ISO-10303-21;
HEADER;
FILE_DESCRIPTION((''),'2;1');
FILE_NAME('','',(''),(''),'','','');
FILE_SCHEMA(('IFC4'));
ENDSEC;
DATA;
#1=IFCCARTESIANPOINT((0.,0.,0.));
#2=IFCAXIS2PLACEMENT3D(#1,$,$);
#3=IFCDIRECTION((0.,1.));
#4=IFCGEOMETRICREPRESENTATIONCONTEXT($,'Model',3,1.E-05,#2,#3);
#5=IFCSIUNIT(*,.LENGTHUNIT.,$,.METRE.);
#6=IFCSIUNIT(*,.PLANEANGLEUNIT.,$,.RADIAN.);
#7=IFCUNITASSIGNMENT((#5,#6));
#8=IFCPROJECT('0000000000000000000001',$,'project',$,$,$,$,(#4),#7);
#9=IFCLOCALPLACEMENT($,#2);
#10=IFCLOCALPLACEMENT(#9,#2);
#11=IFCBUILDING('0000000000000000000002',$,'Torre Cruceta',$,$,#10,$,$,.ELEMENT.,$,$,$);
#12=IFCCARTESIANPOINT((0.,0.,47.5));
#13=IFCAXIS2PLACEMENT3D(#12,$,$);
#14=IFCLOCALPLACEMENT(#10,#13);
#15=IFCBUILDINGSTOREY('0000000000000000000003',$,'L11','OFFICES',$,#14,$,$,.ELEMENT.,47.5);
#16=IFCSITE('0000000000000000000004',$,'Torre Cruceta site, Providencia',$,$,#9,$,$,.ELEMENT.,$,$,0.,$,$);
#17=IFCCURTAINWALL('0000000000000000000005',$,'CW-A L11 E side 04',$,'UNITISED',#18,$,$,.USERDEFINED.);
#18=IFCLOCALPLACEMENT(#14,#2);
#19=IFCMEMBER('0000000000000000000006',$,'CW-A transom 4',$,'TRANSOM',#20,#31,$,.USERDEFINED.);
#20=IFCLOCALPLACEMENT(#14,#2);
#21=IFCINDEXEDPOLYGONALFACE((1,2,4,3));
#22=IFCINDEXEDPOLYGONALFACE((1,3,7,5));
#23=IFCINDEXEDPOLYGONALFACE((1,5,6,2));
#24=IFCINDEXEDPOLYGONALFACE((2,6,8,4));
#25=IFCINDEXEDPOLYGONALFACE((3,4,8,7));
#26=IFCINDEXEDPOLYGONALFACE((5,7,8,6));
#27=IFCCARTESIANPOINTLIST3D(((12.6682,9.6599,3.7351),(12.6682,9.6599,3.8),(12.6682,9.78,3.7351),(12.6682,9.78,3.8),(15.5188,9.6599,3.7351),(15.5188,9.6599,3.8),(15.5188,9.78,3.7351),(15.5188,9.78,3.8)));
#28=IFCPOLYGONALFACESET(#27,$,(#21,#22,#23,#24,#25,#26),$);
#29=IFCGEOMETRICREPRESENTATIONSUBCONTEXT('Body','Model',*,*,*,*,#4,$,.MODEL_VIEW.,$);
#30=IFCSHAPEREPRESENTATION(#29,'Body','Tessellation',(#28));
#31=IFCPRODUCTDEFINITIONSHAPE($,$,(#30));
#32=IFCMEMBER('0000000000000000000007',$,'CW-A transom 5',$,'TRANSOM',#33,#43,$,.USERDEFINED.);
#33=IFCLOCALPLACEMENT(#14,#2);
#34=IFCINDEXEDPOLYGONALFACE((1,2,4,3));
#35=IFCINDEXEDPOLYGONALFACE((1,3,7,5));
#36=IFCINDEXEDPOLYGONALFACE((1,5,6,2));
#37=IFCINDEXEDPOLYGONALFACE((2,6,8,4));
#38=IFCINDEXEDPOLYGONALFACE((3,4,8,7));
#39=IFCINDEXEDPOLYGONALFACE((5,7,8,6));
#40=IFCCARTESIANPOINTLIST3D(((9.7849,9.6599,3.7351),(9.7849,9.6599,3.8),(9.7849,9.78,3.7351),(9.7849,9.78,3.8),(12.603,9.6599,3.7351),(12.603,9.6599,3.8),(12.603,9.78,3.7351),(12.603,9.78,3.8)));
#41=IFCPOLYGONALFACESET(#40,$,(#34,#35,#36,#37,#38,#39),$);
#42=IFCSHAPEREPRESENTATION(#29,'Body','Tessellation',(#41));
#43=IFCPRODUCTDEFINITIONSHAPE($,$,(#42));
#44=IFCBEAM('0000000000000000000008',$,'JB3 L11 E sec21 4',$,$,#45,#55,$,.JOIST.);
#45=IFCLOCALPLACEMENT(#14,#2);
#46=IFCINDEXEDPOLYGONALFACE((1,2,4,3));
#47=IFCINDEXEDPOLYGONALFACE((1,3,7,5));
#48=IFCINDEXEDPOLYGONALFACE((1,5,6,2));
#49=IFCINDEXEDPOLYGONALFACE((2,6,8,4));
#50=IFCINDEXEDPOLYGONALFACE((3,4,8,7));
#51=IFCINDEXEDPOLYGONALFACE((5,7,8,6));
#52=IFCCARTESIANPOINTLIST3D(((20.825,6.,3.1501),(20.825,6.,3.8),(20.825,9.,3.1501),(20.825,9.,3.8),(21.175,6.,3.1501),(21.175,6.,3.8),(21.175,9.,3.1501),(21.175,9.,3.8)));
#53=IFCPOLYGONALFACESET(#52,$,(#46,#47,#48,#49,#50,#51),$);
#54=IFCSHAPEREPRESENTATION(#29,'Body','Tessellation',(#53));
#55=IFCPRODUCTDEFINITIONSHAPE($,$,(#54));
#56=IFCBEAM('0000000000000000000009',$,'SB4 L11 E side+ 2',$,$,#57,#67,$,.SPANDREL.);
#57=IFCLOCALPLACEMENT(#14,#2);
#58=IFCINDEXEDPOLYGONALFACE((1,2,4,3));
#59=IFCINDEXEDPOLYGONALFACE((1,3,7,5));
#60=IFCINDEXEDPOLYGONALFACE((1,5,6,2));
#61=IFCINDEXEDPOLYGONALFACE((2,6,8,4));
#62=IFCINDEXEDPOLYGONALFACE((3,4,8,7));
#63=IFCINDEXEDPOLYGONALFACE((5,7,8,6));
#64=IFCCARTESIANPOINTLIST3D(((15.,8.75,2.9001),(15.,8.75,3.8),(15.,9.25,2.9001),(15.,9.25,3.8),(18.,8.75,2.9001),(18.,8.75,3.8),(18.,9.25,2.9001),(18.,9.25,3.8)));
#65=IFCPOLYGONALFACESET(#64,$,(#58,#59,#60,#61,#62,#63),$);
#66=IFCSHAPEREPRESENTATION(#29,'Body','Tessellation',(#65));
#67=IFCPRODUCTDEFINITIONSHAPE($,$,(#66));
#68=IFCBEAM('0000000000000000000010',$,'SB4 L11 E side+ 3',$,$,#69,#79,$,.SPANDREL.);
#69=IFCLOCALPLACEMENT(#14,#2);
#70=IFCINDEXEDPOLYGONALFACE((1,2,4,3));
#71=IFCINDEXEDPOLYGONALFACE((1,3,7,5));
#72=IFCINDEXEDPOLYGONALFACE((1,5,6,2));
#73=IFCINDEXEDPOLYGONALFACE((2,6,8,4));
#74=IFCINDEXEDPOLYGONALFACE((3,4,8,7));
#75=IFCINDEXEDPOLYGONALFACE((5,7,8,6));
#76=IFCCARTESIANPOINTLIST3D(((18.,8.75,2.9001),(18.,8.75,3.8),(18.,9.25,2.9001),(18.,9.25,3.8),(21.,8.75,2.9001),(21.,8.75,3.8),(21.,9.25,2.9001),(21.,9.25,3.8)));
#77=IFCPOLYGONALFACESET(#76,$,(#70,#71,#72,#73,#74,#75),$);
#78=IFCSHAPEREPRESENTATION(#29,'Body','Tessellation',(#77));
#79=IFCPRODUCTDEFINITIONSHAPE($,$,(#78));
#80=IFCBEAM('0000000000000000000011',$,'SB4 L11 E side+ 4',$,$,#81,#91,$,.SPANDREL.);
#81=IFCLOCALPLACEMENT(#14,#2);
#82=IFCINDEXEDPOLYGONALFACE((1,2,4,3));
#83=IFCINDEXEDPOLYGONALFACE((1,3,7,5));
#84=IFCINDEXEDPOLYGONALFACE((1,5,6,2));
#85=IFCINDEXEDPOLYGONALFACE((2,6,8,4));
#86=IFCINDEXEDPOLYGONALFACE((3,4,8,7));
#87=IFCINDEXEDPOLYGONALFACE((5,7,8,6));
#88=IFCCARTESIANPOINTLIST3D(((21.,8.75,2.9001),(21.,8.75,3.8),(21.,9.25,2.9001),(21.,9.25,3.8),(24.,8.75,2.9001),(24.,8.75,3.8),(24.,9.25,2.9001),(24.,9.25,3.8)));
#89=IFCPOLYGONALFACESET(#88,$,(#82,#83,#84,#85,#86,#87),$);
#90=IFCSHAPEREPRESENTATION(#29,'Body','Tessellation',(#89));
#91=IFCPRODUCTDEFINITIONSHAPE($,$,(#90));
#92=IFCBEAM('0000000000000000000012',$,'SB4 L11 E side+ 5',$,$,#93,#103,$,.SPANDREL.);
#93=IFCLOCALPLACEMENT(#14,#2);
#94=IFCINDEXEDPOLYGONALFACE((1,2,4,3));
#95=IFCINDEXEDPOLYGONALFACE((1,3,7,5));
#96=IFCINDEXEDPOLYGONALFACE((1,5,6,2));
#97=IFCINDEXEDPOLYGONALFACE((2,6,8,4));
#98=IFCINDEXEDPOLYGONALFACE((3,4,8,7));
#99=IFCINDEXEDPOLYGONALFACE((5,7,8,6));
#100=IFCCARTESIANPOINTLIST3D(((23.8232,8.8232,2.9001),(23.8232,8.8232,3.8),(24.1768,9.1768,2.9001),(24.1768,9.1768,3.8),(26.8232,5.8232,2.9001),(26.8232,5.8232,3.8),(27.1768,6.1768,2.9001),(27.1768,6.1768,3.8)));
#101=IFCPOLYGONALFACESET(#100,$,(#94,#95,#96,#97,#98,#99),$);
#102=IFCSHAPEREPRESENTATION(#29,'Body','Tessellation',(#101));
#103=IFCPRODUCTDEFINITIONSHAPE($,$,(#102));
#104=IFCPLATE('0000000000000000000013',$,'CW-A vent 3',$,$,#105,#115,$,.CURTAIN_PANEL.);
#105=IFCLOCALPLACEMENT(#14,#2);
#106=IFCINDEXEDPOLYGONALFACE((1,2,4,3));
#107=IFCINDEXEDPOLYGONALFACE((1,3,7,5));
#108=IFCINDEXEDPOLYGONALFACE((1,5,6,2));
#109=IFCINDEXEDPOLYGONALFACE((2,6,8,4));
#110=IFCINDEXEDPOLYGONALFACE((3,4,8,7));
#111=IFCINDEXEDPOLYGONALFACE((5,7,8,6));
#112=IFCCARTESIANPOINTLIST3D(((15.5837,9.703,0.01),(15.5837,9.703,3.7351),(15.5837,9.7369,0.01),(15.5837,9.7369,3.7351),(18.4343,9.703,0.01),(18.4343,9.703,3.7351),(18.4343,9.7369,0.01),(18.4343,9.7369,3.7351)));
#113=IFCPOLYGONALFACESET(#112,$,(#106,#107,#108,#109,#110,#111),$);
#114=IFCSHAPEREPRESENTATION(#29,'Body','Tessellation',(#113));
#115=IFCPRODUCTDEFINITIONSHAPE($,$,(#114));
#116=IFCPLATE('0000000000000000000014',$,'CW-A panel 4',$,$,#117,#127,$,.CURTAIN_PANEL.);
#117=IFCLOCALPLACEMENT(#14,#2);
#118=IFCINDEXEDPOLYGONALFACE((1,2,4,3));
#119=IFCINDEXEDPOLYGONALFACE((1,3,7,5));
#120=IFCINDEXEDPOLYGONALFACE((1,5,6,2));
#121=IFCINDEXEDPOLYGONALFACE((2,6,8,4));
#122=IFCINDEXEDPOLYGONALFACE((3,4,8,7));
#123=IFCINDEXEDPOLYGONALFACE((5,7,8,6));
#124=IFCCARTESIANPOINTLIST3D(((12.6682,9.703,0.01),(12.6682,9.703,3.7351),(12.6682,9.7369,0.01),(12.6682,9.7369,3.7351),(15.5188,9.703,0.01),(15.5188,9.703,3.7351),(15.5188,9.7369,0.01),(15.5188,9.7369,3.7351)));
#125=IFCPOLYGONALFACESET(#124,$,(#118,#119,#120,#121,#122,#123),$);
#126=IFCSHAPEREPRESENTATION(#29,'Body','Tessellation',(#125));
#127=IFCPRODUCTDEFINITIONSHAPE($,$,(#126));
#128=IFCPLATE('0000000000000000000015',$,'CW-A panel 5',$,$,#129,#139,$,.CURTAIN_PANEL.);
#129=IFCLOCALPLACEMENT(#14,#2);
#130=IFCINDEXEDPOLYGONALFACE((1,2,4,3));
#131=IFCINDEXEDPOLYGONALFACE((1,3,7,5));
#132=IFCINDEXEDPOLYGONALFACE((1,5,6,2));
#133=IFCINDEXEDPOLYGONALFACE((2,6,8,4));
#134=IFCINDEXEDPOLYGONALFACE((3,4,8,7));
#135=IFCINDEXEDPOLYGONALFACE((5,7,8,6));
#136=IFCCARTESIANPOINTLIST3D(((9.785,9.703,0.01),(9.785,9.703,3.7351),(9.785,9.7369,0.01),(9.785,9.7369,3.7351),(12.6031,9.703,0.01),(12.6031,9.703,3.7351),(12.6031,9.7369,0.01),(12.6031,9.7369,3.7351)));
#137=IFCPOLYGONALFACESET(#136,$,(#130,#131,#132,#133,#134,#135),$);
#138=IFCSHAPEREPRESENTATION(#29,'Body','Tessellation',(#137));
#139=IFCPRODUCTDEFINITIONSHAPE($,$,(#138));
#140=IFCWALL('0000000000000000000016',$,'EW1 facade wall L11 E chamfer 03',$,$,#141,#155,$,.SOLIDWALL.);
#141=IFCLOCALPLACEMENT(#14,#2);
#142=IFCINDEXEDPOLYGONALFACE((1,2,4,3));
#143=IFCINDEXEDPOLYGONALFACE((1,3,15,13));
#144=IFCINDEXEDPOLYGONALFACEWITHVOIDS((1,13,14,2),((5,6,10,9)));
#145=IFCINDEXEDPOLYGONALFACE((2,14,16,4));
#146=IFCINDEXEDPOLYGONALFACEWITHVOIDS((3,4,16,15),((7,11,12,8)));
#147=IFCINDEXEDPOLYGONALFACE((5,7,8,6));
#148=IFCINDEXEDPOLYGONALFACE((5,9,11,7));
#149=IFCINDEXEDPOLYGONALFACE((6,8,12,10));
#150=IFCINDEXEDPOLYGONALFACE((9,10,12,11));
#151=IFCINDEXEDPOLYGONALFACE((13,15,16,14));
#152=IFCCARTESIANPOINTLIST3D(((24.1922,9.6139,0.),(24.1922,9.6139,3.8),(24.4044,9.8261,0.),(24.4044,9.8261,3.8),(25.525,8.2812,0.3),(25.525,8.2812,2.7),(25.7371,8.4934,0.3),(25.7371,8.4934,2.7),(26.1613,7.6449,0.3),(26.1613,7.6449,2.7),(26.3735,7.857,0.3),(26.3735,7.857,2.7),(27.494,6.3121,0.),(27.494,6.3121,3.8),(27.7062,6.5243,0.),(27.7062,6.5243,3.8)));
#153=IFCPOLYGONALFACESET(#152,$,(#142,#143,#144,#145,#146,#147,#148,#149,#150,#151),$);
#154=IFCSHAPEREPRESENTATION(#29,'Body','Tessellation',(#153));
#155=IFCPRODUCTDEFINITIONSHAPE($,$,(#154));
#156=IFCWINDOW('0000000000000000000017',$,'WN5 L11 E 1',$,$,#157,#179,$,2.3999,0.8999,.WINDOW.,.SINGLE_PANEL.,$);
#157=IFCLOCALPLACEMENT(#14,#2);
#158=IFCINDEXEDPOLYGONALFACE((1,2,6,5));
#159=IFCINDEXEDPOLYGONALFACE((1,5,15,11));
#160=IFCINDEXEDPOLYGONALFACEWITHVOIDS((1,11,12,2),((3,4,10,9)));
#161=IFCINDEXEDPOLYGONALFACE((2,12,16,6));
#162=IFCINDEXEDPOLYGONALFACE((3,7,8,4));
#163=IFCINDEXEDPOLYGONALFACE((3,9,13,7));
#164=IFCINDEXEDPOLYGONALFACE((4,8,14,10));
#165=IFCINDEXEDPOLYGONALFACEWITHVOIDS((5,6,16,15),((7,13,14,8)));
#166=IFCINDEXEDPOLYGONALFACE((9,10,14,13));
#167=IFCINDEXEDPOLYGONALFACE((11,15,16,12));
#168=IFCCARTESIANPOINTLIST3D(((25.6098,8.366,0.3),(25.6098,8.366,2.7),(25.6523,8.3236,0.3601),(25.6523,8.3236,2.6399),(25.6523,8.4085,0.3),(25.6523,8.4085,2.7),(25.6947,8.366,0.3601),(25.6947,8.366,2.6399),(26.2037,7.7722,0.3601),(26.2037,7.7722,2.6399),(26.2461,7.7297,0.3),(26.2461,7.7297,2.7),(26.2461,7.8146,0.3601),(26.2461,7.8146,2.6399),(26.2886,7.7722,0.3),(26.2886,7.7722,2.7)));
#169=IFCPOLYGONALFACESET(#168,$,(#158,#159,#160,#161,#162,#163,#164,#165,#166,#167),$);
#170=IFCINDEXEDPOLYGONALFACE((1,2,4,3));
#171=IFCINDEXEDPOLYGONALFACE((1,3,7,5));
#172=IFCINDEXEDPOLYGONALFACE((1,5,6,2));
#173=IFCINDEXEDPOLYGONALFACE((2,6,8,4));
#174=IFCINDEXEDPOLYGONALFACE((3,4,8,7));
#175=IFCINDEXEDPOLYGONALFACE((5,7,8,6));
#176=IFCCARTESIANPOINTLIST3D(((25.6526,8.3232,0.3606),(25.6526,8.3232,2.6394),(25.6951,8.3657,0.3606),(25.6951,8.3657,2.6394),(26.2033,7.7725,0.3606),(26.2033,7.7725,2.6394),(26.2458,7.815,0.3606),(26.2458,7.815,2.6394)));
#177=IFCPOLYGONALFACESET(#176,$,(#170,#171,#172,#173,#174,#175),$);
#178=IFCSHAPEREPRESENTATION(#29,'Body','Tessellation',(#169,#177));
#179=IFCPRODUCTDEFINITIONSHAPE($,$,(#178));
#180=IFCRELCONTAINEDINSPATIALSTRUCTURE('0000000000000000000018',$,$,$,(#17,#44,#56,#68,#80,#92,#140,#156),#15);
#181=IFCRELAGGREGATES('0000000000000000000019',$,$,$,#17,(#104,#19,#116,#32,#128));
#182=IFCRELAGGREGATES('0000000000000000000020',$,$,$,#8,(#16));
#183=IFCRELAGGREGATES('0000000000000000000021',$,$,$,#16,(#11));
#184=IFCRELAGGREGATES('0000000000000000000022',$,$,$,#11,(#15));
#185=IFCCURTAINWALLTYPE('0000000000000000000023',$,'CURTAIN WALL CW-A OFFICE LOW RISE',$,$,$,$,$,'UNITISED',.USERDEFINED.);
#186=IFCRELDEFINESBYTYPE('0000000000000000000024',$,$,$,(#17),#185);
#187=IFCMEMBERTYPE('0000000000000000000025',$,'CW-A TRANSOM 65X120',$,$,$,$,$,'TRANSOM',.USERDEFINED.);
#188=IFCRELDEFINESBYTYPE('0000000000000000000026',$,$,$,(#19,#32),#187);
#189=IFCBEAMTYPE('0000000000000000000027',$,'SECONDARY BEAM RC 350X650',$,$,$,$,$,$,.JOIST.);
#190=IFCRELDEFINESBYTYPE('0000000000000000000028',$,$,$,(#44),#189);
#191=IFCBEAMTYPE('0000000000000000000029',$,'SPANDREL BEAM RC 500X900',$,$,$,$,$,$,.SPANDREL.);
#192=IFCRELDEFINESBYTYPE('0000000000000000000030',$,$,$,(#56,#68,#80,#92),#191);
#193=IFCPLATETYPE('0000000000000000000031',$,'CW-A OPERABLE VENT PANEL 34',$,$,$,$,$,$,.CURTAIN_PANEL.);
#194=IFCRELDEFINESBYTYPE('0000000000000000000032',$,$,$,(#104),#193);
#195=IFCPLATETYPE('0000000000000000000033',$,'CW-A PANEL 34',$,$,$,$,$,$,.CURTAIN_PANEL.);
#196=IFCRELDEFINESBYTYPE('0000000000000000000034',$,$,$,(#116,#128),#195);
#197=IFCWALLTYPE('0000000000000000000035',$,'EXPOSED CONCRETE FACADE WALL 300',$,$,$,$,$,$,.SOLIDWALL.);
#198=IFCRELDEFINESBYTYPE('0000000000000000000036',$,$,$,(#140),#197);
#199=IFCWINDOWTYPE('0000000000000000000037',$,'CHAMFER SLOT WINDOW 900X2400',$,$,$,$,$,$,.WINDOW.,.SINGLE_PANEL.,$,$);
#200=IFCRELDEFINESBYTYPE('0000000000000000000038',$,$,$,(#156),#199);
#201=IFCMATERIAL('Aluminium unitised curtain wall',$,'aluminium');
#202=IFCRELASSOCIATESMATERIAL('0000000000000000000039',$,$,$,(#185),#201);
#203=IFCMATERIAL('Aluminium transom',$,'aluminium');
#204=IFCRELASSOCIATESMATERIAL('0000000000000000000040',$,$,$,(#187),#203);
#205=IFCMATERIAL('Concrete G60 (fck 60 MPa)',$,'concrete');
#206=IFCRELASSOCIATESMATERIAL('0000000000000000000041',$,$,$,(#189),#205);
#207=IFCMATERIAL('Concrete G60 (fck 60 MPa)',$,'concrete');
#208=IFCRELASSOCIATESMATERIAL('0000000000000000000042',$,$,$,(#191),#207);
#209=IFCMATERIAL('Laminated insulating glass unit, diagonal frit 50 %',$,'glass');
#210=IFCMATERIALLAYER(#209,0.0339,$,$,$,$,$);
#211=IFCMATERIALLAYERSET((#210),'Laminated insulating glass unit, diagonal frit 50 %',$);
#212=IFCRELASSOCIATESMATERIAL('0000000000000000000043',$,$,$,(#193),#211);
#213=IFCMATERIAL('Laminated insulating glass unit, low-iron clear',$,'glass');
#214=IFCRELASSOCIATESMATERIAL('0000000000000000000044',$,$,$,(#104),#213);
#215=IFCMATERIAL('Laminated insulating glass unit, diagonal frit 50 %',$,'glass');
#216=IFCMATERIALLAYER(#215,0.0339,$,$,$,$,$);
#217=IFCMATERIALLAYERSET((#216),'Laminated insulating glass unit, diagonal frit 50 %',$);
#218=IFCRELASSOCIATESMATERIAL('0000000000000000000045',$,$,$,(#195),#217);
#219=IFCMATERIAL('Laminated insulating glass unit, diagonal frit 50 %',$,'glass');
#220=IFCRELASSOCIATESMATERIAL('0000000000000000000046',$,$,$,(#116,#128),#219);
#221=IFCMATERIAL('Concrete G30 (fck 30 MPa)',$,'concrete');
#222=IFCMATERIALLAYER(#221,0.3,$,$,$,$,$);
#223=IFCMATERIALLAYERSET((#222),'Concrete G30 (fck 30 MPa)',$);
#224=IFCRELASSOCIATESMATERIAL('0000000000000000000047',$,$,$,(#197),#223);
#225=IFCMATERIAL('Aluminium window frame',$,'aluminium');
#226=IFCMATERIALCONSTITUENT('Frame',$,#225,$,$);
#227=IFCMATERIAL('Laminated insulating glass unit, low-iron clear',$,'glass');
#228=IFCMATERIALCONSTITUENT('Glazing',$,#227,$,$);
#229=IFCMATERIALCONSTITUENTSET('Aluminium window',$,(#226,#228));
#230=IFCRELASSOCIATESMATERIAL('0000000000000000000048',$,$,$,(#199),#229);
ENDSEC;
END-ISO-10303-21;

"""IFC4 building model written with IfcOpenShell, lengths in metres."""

from ifc_helpers import new_model, si_unit, direction, frame, frame_2d, origin, origin_2d, place, context, subcontext, project, spatial, rectangle, hollow_rectangle, extrude, material, layer, layer_set, constituent, constituent_set, material_profile, profile_set, type_object, element, fill, aggregate, save


model = new_model("IFC4")

# Units and contexts
model_context = context("Model", 3, precision=1e-05, world=origin(), true_north=direction((0.0, 1.0)))
body_context = subcontext(model_context, "Body", "Model", "MODEL_VIEW")
ifc_project = project(units=[si_unit("LENGTHUNIT", "METRE"), si_unit("PLANEANGLEUNIT", "RADIAN")], contexts=[model_context])

# Site, building, storey
site_placement = place(None, origin())
site = spatial("IfcSite", under=ifc_project, at=site_placement, Name="Torre Cruceta site, Providencia", CompositionType="ELEMENT", RefElevation=0.0)
building_placement = place(site_placement, origin())
building = spatial("IfcBuilding", under=site, at=building_placement, Name="Torre Cruceta", CompositionType="ELEMENT")
storey_placement = place(building_placement, frame((0.0, 0.0, 47.5)))
storey = spatial("IfcBuildingStorey", under=building, at=storey_placement, Name="L11", Description="OFFICES", CompositionType="ELEMENT", Elevation=47.5)

# Curtain wall, members
ifc_material_1 = material(Name="Aluminium unitised curtain wall", Category="aluminium")
curtain_wall_type = type_object("IfcCurtainWallType", Name="CURTAIN WALL CW-A OFFICE LOW RISE", ElementType="UNITISED", PredefinedType="USERDEFINED", material=ifc_material_1)
curtain_wall_placement = place(storey_placement, origin())
curtain_wall = element("IfcCurtainWall", 1, at=curtain_wall_placement, inside=storey, type_object=curtain_wall_type, Name="CW-A L11 E side 04", ObjectType="UNITISED", PredefinedType="USERDEFINED")
ifc_material_2 = material(Name="Aluminium transom", Category="aluminium")
ifc_material_profile_1 = material_profile(ifc_material_2, rectangle(XDim=0.1201, YDim=0.0649, at=origin_2d()), Name="AL 120X65")
ifc_profile_set_1 = profile_set([ifc_material_profile_1], Name="Aluminium transom")
member_type_1 = type_object("IfcMemberType", Name="CW-A TRANSOM 65X120", ElementType="TRANSOM", PredefinedType="USERDEFINED", material=ifc_profile_set_1)
member_1_placement = place(storey_placement, frame((15.5188, 9.72, 3.7676), z_axis=(-1.0, 0.0, 0.0), x_axis=(0.0, -1.0, 0.0)))
member_1 = element("IfcMember", 2, at=member_1_placement, type_object=member_type_1, Name="CW-A transom 4", ObjectType="TRANSOM", PredefinedType="USERDEFINED", context=body_context, shape_type="SweptSolid", body=[
    extrude(rectangle(XDim=0.1201, YDim=0.0649, at=origin_2d()), origin(), (0.0, 0.0, 1.0), 2.8506),
])
member_2_placement = place(storey_placement, frame((12.603, 9.72, 3.7676), z_axis=(-1.0, 0.0, 0.0), x_axis=(0.0, -1.0, 0.0)))
member_2 = element("IfcMember", 3, at=member_2_placement, type_object=member_type_1, Name="CW-A transom 5", ObjectType="TRANSOM", PredefinedType="USERDEFINED", context=body_context, shape_type="SweptSolid", body=[
    extrude(rectangle(XDim=0.1201, YDim=0.0649, at=origin_2d()), origin(), (0.0, 0.0, 1.0), 2.8181),
])

# Beams
ifc_material_3 = material(Name="Concrete G60 (fck 60 MPa)", Category="concrete")
ifc_material_profile_2 = material_profile(ifc_material_3, rectangle(XDim=0.3501, YDim=0.6499, at=origin_2d()), Name="RC 350X650")
ifc_profile_set_2 = profile_set([ifc_material_profile_2], Name="Concrete G60 (fck 60 MPa)")
beam_type_1 = type_object("IfcBeamType", Name="SECONDARY BEAM RC 350X650", PredefinedType="JOIST", material=ifc_profile_set_2)
beam_1_placement = place(storey_placement, frame((21.0, 6.0, 3.4751), z_axis=(0.0, 1.0, 0.0), x_axis=(-1.0, 0.0, 0.0)))
element("IfcBeam", 4, at=beam_1_placement, inside=storey, type_object=beam_type_1, Name="JB3 L11 E sec21 4", PredefinedType="JOIST", context=body_context, shape_type="SweptSolid", body=[
    extrude(rectangle(XDim=0.3501, YDim=0.6499, at=origin_2d()), origin(), (0.0, 0.0, 1.0), 3.0),
])
ifc_material_4 = material(Name="Concrete G60 (fck 60 MPa)", Category="concrete")
ifc_material_profile_3 = material_profile(ifc_material_4, rectangle(XDim=0.5, YDim=0.8999, at=origin_2d()), Name="RC 500X900")
ifc_profile_set_3 = profile_set([ifc_material_profile_3], Name="Concrete G60 (fck 60 MPa)")
beam_type_2 = type_object("IfcBeamType", Name="SPANDREL BEAM RC 500X900", PredefinedType="SPANDREL", material=ifc_profile_set_3)
for number, where, z_axis, x_axis, name in (
    (5, (15.0, 9.0, 3.3501), (1.0, 0.0, 0.0), (0.0, 1.0, 0.0), "SB4 L11 E side+ 2"),
    (6, (18.0, 9.0, 3.3501), (1.0, 0.0, 0.0), (0.0, 1.0, 0.0), "SB4 L11 E side+ 3"),
    (7, (21.0, 9.0, 3.3501), (1.0, 0.0, 0.0), (0.0, 1.0, 0.0), "SB4 L11 E side+ 4"),
):
    element("IfcBeam", number, at=place(storey_placement, frame(where, z_axis=z_axis, x_axis=x_axis)), inside=storey, type_object=beam_type_2, Name=name, PredefinedType="SPANDREL", context=body_context, shape_type="SweptSolid", body=[
        extrude(rectangle(XDim=0.5, YDim=0.8999, at=origin_2d()), origin(), (0.0, 0.0, 1.0), 3.0),
    ])
beam_2_placement = place(storey_placement, frame((24.0, 9.0, 3.3501), z_axis=(0.707107, -0.707107, 0.0), x_axis=(0.707107, 0.707107, 0.0)))
element("IfcBeam", 8, at=beam_2_placement, inside=storey, type_object=beam_type_2, Name="SB4 L11 E side+ 5", PredefinedType="SPANDREL", context=body_context, shape_type="SweptSolid", body=[
    extrude(rectangle(XDim=0.5, YDim=0.8999, at=origin_2d()), origin(), (0.0, 0.0, 1.0), 4.2427),
])

# Plates
ifc_material_5 = material(Name="Laminated insulating glass unit, low-iron clear", Category="glass")
ifc_material_6 = material(Name="Laminated insulating glass unit, diagonal frit 50 %", Category="glass")
ifc_layer_1 = layer(ifc_material_6, 0.0339)
ifc_layer_set_1 = layer_set([ifc_layer_1], Name="Laminated insulating glass unit, diagonal frit 50 %")
plate_type_1 = type_object("IfcPlateType", Name="CW-A OPERABLE VENT PANEL 34", PredefinedType="CURTAIN_PANEL", material=ifc_layer_set_1)
plate_1_placement = place(storey_placement, frame((17.009, 9.72, 0.01), z_axis=(0.0, 0.0, 1.0), x_axis=(-1.0, 0.0, 0.0)))
plate_1 = element("IfcPlate", 9, at=plate_1_placement, type_object=plate_type_1, material=ifc_material_5, Name="CW-A vent 3", PredefinedType="CURTAIN_PANEL", context=body_context, shape_type="SweptSolid", body=[
    extrude(rectangle(XDim=2.8506, YDim=0.0339, at=origin_2d()), origin(), (0.0, 0.0, 1.0), 3.7251),
])
ifc_material_7 = material(Name="Laminated insulating glass unit, diagonal frit 50 %", Category="glass")
ifc_material_8 = material(Name="Laminated insulating glass unit, diagonal frit 50 %", Category="glass")
ifc_layer_2 = layer(ifc_material_8, 0.0339)
ifc_layer_set_2 = layer_set([ifc_layer_2], Name="Laminated insulating glass unit, diagonal frit 50 %")
plate_type_2 = type_object("IfcPlateType", Name="CW-A PANEL 34", PredefinedType="CURTAIN_PANEL", material=ifc_layer_set_2)
plate_2_placement = place(storey_placement, frame((14.0935, 9.72, 0.01), z_axis=(0.0, 0.0, 1.0), x_axis=(-1.0, 0.0, 0.0)))
plate_2 = element("IfcPlate", 10, at=plate_2_placement, type_object=plate_type_2, material=ifc_material_7, Name="CW-A panel 4", PredefinedType="CURTAIN_PANEL", context=body_context, shape_type="SweptSolid", body=[
    extrude(rectangle(XDim=2.8506, YDim=0.0339, at=origin_2d()), origin(), (0.0, 0.0, 1.0), 3.7251),
])
plate_3_placement = place(storey_placement, frame((11.1941, 9.72, 0.01), z_axis=(0.0, 0.0, 1.0), x_axis=(-1.0, 0.0, 0.0)))
plate_3 = element("IfcPlate", 11, at=plate_3_placement, type_object=plate_type_2, material=ifc_material_7, Name="CW-A panel 5", PredefinedType="CURTAIN_PANEL", context=body_context, shape_type="SweptSolid", body=[
    extrude(rectangle(XDim=2.8181, YDim=0.0339, at=origin_2d()), origin(), (0.0, 0.0, 1.0), 3.7251),
])
aggregate(curtain_wall, [plate_1, member_1, plate_2, member_2, plate_3])

# Wall, opening, window
ifc_material_9 = material(Name="Concrete G30 (fck 30 MPa)", Category="concrete")
ifc_layer_3 = layer(ifc_material_9, 0.3)
ifc_layer_set_3 = layer_set([ifc_layer_3], Name="Concrete G30 (fck 30 MPa)")
wall_type_1 = type_object("IfcWallType", Name="EXPOSED CONCRETE FACADE WALL 300", PredefinedType="SOLIDWALL", material=ifc_layer_set_3)
wall_1_placement = place(storey_placement, frame((27.6001, 6.4182, 0.0), z_axis=(0.0, 0.0, 1.0), x_axis=(-0.707107, 0.707107, 0.0)))
wall_1 = element("IfcWall", 12, at=wall_1_placement, inside=storey, type_object=wall_type_1, Name="EW1 facade wall L11 E chamfer 03", PredefinedType="SOLIDWALL", context=body_context, shape_type="SweptSolid", body=[
    extrude(rectangle(XDim=4.6694, YDim=0.3, at=frame_2d((2.3347, 0.0))), origin(), (0.0, 0.0, 1.0), 3.8),
])
opening_1_placement = place(wall_1_placement, frame((1.8848, 0.0, 0.3)))
opening_1 = element("IfcOpeningElement", 13, at=opening_1_placement, cuts=wall_1, PredefinedType="OPENING", context=body_context, shape_type="SweptSolid", body=[
    extrude(rectangle(XDim=0.8999, YDim=2.3999, at=frame_2d((0.45, 1.2))), frame((0.0, 0.1599, 0.0), z_axis=(0.0, -1.0, 0.0), x_axis=(1.0, 0.0, 0.0)), (0.0, 0.0, 1.0), 0.3201),
])
ifc_material_10 = material(Name="Aluminium window frame", Category="aluminium")
ifc_constituent_1 = constituent(ifc_material_10, Name="Frame")
ifc_material_11 = material(Name="Laminated insulating glass unit, low-iron clear", Category="glass")
ifc_constituent_2 = constituent(ifc_material_11, Name="Glazing")
ifc_constituent_set_1 = constituent_set(constituents=[ifc_constituent_1, ifc_constituent_2], Name="Aluminium window")
window_type = type_object("IfcWindowType", Name="CHAMFER SLOT WINDOW 900X2400", PartitioningType="SINGLE_PANEL", PredefinedType="WINDOW", material=ifc_constituent_set_1)
window_placement = place(opening_1_placement, origin())
window = element("IfcWindow", 14, at=window_placement, inside=storey, type_object=window_type, Name="WN5 L11 E 1", OverallHeight=2.3999, OverallWidth=0.8999, PartitioningType="SINGLE_PANEL", PredefinedType="WINDOW", context=body_context, shape_type="SweptSolid", body=[
    extrude(hollow_rectangle(XDim=0.8999, YDim=2.3999, WallThickness=0.0601, at=frame_2d((0.45, 1.2))), frame((0.0, 0.03, 0.0), z_axis=(0.0, -1.0, 0.0), x_axis=(1.0, 0.0, 0.0)), (0.0, 0.0, 1.0), 0.0601),
    extrude(rectangle(XDim=0.7788, YDim=2.2788, at=frame_2d((0.45, 1.2))), frame((0.0, 0.03, 0.0), z_axis=(0.0, -1.0, 0.0), x_axis=(1.0, 0.0, 0.0)), (0.0, 0.0, 1.0), 0.0601),
])
fill(opening_1, window)

save(model, "model.ifc")
